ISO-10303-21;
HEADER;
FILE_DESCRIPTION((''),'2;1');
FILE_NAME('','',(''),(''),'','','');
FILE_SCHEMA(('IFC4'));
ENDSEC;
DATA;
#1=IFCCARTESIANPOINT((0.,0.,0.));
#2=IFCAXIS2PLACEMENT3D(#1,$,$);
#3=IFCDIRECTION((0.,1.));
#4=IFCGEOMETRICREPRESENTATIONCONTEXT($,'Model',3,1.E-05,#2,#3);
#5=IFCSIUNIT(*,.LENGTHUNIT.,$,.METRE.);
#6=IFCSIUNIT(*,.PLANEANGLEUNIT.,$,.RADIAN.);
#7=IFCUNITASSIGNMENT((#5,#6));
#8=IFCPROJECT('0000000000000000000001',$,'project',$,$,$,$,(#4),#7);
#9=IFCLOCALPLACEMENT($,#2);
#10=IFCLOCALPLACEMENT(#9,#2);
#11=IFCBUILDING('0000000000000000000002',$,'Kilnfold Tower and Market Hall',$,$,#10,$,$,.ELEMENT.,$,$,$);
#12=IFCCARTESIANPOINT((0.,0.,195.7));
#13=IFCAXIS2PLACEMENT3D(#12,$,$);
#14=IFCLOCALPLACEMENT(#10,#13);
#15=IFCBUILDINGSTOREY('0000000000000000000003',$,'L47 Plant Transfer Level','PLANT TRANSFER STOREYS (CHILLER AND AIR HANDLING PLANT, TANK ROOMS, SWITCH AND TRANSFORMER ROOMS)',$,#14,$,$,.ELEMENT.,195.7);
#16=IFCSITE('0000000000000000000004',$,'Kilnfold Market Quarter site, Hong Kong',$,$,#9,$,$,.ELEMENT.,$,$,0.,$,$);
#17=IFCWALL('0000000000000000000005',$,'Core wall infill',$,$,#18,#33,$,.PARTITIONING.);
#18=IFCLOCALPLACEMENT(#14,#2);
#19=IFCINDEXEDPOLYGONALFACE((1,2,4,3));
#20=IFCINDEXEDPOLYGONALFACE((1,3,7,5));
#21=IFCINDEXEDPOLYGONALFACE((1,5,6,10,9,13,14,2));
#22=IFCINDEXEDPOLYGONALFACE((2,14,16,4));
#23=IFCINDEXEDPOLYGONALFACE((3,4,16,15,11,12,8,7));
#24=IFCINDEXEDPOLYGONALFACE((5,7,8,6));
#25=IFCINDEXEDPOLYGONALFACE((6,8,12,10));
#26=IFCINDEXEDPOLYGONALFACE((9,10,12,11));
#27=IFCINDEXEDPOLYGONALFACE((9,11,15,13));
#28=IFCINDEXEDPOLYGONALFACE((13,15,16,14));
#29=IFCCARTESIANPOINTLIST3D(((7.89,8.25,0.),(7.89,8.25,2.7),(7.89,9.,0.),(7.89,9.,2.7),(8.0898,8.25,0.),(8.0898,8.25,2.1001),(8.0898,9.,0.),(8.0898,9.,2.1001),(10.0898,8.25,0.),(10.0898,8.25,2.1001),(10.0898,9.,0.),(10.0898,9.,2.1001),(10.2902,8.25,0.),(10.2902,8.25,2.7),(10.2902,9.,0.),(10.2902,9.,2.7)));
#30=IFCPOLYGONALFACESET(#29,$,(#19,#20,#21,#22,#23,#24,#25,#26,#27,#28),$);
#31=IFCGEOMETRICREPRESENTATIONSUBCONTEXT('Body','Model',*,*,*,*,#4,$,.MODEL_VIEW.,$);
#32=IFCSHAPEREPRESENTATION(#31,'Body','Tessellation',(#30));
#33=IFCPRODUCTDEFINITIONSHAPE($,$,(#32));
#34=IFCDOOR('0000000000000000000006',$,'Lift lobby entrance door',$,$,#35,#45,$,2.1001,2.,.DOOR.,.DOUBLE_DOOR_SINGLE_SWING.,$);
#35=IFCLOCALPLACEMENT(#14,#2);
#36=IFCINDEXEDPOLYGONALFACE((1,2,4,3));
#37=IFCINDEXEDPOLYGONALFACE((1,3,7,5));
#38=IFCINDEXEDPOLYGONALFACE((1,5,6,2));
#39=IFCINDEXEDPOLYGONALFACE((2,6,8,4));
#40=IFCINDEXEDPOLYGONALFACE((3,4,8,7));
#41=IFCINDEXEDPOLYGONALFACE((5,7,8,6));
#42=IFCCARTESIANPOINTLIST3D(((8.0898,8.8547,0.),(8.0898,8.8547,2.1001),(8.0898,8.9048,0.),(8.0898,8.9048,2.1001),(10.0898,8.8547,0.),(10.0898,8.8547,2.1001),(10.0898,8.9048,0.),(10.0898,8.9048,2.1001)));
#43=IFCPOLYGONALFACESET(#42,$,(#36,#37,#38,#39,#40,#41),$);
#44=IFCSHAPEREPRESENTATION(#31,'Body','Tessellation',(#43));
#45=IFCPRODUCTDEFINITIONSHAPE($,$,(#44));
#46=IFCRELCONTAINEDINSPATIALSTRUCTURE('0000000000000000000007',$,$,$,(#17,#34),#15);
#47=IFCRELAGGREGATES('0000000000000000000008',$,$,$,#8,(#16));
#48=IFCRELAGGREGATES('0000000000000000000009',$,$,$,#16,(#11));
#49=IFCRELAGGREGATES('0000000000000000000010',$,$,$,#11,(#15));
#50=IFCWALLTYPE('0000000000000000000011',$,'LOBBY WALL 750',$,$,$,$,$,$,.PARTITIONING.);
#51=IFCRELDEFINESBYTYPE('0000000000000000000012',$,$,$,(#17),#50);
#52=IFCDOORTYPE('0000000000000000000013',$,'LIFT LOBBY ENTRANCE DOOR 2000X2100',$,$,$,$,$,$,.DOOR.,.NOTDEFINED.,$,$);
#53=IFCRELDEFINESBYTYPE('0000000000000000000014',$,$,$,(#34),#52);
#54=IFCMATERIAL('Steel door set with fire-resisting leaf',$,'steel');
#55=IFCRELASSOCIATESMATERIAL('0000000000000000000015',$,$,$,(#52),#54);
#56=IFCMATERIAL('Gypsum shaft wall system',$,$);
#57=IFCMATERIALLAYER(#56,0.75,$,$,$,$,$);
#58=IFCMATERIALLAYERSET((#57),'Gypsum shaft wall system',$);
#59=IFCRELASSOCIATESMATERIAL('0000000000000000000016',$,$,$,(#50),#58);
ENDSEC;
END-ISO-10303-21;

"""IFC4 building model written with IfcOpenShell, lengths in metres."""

from ifc_helpers import new_model, si_unit, direction, frame, frame_2d, origin, place, context, subcontext, project, spatial, rectangle, extrude, source, transform, mapped, material, layer, layer_set, type_object, element, fill, save


model = new_model("IFC4")

# Units and contexts
model_context = context("Model", 3, precision=1e-05, world=origin(), true_north=direction((0.0, 1.0)))
body_context = subcontext(model_context, "Body", "Model", "MODEL_VIEW")
ifc_project = project(units=[si_unit("LENGTHUNIT", "METRE"), si_unit("PLANEANGLEUNIT", "RADIAN")], contexts=[model_context])

# Site, building, storey
site_placement = place(None, origin())
site = spatial("IfcSite", under=ifc_project, at=site_placement, Name="Kilnfold Market Quarter site, Hong Kong", CompositionType="ELEMENT", RefElevation=0.0)
building_placement = place(site_placement, origin())
building = spatial("IfcBuilding", under=site, at=building_placement, Name="Kilnfold Tower and Market Hall", CompositionType="ELEMENT")
storey_placement = place(building_placement, frame((0.0, 0.0, 195.7)))
storey = spatial("IfcBuildingStorey", under=building, at=storey_placement, Name="L47 Plant Transfer Level", Description="PLANT TRANSFER STOREYS (CHILLER AND AIR HANDLING PLANT, TANK ROOMS, SWITCH AND TRANSFORMER ROOMS)", CompositionType="ELEMENT", Elevation=195.7)

# Shared definitions
ifc_material_1 = material(Name="Steel door set with fire-resisting leaf", Category="steel")
door_type_1 = type_object("IfcDoorType", Name="LIFT LOBBY ENTRANCE DOOR 2000X2100", OperationType="NOTDEFINED", PredefinedType="DOOR", material=ifc_material_1)

# Wall, opening, door
ifc_material_2 = material(Name="Gypsum shaft wall system")
ifc_layer_1 = layer(ifc_material_2, 0.75)
ifc_layer_set_1 = layer_set([ifc_layer_1], Name="Gypsum shaft wall system")
wall_type_1 = type_object("IfcWallType", Name="LOBBY WALL 750", PredefinedType="PARTITIONING", material=ifc_layer_set_1)
shared_shape_1 = source(origin(), body_context, "Body", "SweptSolid", [
    extrude(rectangle(XDim=2.4001, YDim=0.75, at=frame_2d((1.2002, 0.0))), origin(), (0.0, 0.0, 1.0), 2.7),
])
wall_1_placement = place(storey_placement, frame((7.8899, 8.625, 0.0), z_axis=(0.0, 0.0, 1.0), x_axis=(1.0, 0.0, 0.0)))
wall_1 = element("IfcWall", 1, at=wall_1_placement, inside=storey, type_object=wall_type_1, Name="Core wall infill", PredefinedType="PARTITIONING", context=body_context, shape_type="MappedRepresentation", body=[
    mapped(shared_shape_1, transform((0.0, 0.0, 0.0))),
])
opening_1_placement = place(wall_1_placement, frame((0.2, 0.0, 0.0)))
opening_1 = element("IfcOpeningElement", 2, at=opening_1_placement, cuts=wall_1, PredefinedType="OPENING", context=body_context, shape_type="SweptSolid", body=[
    extrude(rectangle(XDim=2.0, YDim=2.1001, at=frame_2d((1.0, 1.05))), frame((0.0, 0.385, 0.0), z_axis=(0.0, -1.0, 0.0), x_axis=(1.0, 0.0, 0.0)), (0.0, 0.0, 1.0), 0.77),
])
door_1_placement = place(opening_1_placement, origin())
door_1 = element("IfcDoor", 3, at=door_1_placement, inside=storey, type_object=door_type_1, Name="Lift lobby entrance door", OperationType="DOUBLE_DOOR_SINGLE_SWING", OverallHeight=2.1001, OverallWidth=2.0, PredefinedType="DOOR", context=body_context, shape_type="SweptSolid", body=[
    extrude(rectangle(XDim=2.0, YDim=2.1001, at=frame_2d((1.0, 1.05))), frame((0.0, 0.2798, 0.0), z_axis=(0.0, -1.0, 0.0), x_axis=(1.0, 0.0, 0.0)), (0.0, 0.0, 1.0), 0.05),
])
fill(opening_1, door_1)

save(model, "model.ifc")
